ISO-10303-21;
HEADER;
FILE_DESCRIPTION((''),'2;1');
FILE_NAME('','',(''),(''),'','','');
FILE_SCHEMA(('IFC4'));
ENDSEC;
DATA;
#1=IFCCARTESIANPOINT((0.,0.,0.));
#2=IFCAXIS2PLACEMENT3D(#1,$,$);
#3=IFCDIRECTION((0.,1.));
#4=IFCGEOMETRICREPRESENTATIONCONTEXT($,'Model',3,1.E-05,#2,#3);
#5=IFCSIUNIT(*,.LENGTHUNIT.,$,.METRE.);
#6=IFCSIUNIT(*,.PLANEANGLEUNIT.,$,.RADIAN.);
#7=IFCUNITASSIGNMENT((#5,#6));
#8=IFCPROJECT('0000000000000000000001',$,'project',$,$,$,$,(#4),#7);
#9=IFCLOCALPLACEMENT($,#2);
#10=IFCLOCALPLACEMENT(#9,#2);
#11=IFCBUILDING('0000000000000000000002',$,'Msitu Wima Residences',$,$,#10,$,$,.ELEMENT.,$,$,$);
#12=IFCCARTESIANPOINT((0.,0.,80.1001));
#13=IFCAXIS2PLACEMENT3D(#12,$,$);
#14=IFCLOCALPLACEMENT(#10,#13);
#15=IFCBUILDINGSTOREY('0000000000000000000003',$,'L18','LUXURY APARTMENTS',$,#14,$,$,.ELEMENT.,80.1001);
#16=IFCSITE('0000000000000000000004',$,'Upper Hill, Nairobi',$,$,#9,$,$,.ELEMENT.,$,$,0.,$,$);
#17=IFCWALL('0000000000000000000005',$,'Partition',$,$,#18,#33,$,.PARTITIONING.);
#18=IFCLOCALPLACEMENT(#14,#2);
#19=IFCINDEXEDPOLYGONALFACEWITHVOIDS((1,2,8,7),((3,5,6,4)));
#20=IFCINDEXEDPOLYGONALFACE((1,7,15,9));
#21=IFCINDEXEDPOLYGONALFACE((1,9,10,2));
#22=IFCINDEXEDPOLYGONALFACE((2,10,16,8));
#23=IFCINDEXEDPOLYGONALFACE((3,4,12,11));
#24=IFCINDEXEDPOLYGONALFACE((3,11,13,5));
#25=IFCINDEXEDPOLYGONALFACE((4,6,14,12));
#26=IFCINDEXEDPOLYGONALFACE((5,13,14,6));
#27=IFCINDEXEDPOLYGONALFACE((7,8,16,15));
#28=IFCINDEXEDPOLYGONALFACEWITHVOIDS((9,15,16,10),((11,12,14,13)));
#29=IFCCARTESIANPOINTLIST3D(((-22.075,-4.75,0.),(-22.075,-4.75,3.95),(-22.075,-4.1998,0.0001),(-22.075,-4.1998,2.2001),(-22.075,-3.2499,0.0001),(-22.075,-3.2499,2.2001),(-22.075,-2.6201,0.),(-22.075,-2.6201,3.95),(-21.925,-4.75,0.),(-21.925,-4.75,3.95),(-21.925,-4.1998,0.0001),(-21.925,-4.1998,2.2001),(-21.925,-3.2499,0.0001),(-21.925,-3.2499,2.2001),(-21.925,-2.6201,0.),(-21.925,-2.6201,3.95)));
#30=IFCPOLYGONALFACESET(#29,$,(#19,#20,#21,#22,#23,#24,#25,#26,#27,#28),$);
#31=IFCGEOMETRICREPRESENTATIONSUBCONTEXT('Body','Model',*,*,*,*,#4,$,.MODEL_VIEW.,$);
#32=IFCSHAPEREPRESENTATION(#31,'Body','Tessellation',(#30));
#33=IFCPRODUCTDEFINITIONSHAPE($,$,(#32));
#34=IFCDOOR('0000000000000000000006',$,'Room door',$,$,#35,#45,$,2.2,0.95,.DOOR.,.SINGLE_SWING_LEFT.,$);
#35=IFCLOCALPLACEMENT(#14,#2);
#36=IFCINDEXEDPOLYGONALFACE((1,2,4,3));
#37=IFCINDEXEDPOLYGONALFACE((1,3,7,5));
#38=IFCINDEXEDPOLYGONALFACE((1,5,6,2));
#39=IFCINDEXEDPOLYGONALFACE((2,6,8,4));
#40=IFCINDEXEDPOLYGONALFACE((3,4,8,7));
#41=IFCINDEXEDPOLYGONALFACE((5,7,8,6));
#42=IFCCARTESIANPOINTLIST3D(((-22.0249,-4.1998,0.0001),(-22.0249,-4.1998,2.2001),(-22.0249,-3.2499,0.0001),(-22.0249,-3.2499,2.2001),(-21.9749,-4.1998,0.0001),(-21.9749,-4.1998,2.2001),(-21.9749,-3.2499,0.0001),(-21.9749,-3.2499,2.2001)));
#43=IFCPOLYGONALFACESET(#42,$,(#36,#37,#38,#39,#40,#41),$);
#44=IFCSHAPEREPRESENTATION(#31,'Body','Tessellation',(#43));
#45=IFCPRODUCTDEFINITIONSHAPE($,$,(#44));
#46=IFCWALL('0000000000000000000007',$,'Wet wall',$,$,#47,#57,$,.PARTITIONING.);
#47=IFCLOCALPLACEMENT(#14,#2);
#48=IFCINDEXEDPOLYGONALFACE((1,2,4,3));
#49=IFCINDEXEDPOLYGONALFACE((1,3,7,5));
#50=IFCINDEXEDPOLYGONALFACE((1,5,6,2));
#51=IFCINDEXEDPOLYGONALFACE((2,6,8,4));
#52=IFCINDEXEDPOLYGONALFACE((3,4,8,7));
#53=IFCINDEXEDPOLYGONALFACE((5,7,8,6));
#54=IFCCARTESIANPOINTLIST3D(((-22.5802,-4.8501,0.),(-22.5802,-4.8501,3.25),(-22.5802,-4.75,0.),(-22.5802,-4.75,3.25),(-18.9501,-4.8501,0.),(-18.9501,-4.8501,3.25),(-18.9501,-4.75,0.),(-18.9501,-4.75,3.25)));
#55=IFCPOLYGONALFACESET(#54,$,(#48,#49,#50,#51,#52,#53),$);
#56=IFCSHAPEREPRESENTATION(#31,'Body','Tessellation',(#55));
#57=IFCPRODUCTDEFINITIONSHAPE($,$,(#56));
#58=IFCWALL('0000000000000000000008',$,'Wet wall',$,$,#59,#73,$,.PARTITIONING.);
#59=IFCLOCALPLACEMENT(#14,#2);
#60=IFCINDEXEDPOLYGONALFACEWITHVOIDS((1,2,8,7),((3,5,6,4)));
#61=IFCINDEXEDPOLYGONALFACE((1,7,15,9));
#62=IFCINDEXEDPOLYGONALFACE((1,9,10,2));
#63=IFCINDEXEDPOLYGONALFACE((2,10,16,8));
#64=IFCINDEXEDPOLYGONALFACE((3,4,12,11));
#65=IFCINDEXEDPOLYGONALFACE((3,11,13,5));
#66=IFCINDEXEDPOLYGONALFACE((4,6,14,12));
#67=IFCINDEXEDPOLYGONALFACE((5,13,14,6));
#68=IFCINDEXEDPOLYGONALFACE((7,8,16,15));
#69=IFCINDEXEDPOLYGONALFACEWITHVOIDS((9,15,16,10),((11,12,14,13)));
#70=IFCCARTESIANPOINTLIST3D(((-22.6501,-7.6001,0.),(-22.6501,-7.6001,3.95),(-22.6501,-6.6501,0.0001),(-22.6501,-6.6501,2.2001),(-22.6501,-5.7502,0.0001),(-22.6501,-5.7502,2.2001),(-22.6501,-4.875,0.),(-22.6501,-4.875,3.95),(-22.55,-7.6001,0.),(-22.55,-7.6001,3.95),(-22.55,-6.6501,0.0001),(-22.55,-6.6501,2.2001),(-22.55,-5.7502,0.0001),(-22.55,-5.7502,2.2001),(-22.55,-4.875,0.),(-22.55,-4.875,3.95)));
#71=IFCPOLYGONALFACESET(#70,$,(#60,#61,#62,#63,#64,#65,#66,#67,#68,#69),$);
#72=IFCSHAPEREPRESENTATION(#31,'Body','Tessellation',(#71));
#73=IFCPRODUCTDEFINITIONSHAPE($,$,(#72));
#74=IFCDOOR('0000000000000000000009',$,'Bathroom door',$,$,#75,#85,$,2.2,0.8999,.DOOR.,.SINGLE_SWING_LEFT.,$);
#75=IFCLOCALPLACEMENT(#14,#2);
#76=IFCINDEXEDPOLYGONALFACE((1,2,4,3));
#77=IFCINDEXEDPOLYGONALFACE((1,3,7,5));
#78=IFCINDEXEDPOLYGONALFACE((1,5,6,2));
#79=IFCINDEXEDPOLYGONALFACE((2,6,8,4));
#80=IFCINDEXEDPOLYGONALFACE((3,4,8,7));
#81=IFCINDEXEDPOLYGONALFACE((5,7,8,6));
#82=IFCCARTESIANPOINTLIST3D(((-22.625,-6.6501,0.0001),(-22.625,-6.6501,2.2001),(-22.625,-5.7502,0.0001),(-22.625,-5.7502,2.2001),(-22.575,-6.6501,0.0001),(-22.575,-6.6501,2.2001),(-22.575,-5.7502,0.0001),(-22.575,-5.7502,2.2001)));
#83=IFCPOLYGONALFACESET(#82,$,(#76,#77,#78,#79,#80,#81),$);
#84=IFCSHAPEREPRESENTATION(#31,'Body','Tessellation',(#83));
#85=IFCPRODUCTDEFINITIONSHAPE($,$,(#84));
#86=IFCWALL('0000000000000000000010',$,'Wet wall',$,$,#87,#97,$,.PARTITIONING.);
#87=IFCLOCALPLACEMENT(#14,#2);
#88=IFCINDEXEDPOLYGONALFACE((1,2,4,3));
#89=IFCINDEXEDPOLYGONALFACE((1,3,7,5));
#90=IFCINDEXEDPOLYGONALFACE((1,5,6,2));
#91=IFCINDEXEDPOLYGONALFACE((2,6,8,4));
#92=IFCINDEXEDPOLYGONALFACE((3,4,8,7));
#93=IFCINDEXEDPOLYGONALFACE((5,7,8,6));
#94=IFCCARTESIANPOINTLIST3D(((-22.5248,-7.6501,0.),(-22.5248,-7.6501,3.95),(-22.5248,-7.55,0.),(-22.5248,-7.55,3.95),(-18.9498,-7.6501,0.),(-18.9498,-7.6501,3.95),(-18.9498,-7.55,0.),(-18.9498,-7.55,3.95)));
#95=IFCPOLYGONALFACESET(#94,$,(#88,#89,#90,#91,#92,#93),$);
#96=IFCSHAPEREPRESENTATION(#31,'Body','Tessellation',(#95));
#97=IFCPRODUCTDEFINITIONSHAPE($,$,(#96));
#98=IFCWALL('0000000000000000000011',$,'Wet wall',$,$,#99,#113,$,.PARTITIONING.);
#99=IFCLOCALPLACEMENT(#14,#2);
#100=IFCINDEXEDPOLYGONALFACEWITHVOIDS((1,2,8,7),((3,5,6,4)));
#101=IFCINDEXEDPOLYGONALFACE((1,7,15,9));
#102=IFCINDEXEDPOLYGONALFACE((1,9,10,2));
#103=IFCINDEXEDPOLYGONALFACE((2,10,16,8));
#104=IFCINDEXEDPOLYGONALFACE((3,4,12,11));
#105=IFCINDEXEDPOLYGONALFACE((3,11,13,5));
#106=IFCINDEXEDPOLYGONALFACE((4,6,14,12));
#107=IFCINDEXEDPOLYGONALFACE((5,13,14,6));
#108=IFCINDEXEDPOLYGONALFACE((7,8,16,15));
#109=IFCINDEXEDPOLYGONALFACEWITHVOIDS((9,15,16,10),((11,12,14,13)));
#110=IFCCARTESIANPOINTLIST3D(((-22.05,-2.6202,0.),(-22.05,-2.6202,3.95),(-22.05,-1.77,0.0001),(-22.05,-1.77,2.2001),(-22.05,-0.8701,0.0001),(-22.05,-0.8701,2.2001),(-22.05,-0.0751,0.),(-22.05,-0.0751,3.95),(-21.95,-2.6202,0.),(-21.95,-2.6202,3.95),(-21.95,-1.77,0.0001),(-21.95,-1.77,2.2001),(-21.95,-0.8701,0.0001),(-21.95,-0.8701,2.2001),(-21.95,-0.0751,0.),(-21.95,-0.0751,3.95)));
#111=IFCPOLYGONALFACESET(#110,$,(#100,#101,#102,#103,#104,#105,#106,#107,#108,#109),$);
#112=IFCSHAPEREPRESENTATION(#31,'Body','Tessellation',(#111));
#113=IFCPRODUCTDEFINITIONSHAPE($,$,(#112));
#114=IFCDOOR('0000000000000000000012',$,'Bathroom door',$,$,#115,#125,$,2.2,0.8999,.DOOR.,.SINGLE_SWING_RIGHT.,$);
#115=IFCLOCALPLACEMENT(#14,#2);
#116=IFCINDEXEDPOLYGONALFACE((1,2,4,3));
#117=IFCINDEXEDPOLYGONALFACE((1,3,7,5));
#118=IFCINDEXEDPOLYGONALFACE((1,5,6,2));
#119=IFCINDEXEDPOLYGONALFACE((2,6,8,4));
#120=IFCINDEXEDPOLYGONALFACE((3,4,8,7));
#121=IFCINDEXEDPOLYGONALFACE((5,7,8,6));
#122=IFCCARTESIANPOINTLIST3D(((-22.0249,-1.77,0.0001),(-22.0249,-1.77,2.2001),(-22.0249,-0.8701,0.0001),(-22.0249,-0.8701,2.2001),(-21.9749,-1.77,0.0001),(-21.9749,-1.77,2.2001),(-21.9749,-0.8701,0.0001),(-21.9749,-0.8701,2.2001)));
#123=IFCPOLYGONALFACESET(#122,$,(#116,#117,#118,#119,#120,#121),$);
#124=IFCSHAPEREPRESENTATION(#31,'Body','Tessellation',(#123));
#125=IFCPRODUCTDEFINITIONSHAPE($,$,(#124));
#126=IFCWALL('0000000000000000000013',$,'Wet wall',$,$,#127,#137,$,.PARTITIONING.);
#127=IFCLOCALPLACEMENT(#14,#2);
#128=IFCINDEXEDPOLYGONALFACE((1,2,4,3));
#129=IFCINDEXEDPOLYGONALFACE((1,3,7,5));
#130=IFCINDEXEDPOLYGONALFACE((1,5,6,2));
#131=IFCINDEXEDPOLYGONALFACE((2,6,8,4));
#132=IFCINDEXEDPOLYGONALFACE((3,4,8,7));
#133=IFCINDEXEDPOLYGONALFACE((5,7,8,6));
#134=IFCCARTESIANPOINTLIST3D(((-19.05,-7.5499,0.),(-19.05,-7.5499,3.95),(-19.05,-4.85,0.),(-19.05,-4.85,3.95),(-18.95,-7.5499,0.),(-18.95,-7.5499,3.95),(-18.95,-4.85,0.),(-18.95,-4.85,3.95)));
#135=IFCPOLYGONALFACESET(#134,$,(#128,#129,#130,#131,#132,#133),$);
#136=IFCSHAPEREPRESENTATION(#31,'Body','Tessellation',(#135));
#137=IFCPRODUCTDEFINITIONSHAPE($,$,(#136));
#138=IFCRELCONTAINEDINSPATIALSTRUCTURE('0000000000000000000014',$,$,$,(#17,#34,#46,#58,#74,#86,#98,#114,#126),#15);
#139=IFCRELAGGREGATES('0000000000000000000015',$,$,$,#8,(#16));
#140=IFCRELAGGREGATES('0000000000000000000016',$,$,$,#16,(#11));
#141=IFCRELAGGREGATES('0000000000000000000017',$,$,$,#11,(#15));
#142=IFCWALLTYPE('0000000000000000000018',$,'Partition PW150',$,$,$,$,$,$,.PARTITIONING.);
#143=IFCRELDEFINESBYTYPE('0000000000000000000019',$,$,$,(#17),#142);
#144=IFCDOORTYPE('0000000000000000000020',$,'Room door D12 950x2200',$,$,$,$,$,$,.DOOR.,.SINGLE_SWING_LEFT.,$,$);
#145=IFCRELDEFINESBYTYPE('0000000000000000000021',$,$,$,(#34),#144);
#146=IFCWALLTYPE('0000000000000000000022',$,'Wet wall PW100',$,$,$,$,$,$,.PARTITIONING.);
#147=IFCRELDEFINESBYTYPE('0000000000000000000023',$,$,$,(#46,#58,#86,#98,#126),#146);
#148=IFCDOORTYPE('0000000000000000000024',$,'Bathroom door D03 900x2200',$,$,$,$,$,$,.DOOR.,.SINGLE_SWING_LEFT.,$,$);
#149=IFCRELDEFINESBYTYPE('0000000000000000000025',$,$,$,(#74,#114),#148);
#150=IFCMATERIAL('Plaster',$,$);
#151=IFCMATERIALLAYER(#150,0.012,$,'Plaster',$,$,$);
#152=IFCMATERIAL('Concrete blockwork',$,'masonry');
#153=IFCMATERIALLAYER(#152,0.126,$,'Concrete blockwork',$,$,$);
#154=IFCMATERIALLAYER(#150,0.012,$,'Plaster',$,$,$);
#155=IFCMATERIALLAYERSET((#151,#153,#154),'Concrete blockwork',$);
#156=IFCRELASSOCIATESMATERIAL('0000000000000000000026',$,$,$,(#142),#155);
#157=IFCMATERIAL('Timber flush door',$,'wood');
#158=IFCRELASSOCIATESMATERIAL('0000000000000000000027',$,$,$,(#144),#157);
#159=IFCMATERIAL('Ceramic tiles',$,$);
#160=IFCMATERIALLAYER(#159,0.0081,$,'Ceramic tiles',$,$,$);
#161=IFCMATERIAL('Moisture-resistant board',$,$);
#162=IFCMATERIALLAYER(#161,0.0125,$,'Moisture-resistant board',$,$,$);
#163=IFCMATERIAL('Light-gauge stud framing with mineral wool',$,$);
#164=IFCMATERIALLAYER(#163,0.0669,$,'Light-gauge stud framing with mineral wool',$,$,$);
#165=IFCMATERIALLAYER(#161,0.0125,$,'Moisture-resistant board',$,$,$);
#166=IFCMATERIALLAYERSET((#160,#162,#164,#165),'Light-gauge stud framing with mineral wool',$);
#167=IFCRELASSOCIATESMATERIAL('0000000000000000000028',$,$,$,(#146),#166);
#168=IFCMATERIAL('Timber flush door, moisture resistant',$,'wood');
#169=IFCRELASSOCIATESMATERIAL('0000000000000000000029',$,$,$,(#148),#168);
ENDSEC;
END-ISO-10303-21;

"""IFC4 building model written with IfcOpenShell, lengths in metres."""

from ifc_helpers import new_model, si_unit, direction, frame, frame_2d, origin, place, context, subcontext, project, spatial, rectangle, extrude, material, layer, layer_set, type_object, element, fill, save


model = new_model("IFC4")

# Units and contexts
model_context = context("Model", 3, precision=1e-05, world=origin(), true_north=direction((0.0, 1.0)))
body_context = subcontext(model_context, "Body", "Model", "MODEL_VIEW")
ifc_project = project(units=[si_unit("LENGTHUNIT", "METRE"), si_unit("PLANEANGLEUNIT", "RADIAN")], contexts=[model_context])

# Site, building, storey
site_placement = place(None, origin())
site = spatial("IfcSite", under=ifc_project, at=site_placement, Name="Upper Hill, Nairobi", CompositionType="ELEMENT", RefElevation=0.0)
building_placement = place(site_placement, origin())
building = spatial("IfcBuilding", under=site, at=building_placement, Name="Msitu Wima Residences", CompositionType="ELEMENT")
storey_placement = place(building_placement, frame((0.0, 0.0, 80.1001)))
storey = spatial("IfcBuildingStorey", under=building, at=storey_placement, Name="L18", Description="LUXURY APARTMENTS", CompositionType="ELEMENT", Elevation=80.1001)

# Shared definitions
ifc_material_1 = material(Name="Plaster")
ifc_layer_1 = layer(ifc_material_1, 0.012, Name="Plaster")
ifc_material_2 = material(Name="Concrete blockwork", Category="masonry")
ifc_layer_2 = layer(ifc_material_2, 0.126, Name="Concrete blockwork")
ifc_layer_3 = layer(ifc_material_1, 0.012, Name="Plaster")
ifc_layer_set_1 = layer_set([ifc_layer_1, ifc_layer_2, ifc_layer_3], Name="Concrete blockwork")
wall_type_1 = type_object("IfcWallType", Name="Partition PW150", PredefinedType="PARTITIONING", material=ifc_layer_set_1)

# Shared definitions
ifc_material_3 = material(Name="Timber flush door", Category="wood")
door_type_1 = type_object("IfcDoorType", Name="Room door D12 950x2200", OperationType="SINGLE_SWING_LEFT", PredefinedType="DOOR", material=ifc_material_3)

# Wall, opening, door
wall_1_placement = place(storey_placement, frame((-22.0, -4.75, 0.0), z_axis=(0.0, 0.0, 1.0), x_axis=(0.0, 1.0, 0.0)))
wall_1 = element("IfcWall", 1, at=wall_1_placement, inside=storey, type_object=wall_type_1, Name="Partition", PredefinedType="PARTITIONING", context=body_context, shape_type="SweptSolid", body=[
    extrude(rectangle(XDim=2.1299, YDim=0.1499, at=frame_2d((1.0649, 0.0))), origin(), (0.0, 0.0, 1.0), 3.95),
])
opening_1_placement = place(wall_1_placement, frame((0.55, 0.0, 0.0)))
opening_1 = element("IfcOpeningElement", 2, at=opening_1_placement, cuts=wall_1, PredefinedType="OPENING", context=body_context, shape_type="SweptSolid", body=[
    extrude(rectangle(XDim=0.95, YDim=2.2, at=frame_2d((0.4751, 1.1001))), frame((0.0, 0.085, 0.0), z_axis=(0.0, -1.0, 0.0), x_axis=(1.0, 0.0, 0.0)), (0.0, 0.0, 1.0), 0.1699),
])
door_1_placement = place(opening_1_placement, origin())
door_1 = element("IfcDoor", 3, at=door_1_placement, inside=storey, type_object=door_type_1, Name="Room door", OperationType="SINGLE_SWING_LEFT", OverallHeight=2.2, OverallWidth=0.95, PredefinedType="DOOR", context=body_context, shape_type="SweptSolid", body=[
    extrude(rectangle(XDim=0.95, YDim=2.2, at=frame_2d((0.4751, 1.1001))), frame((0.0, 0.0249, 0.0), z_axis=(0.0, -1.0, 0.0), x_axis=(1.0, 0.0, 0.0)), (0.0, 0.0, 1.0), 0.05),
])
fill(opening_1, door_1)

# Wall
ifc_material_4 = material(Name="Ceramic tiles")
ifc_layer_4 = layer(ifc_material_4, 0.0081, Name="Ceramic tiles")
ifc_material_5 = material(Name="Moisture-resistant board")
ifc_layer_5 = layer(ifc_material_5, 0.0125, Name="Moisture-resistant board")
ifc_material_6 = material(Name="Light-gauge stud framing with mineral wool")
ifc_layer_6 = layer(ifc_material_6, 0.0669, Name="Light-gauge stud framing with mineral wool")
ifc_layer_7 = layer(ifc_material_5, 0.0125, Name="Moisture-resistant board")
ifc_layer_set_2 = layer_set([ifc_layer_4, ifc_layer_5, ifc_layer_6, ifc_layer_7], Name="Light-gauge stud framing with mineral wool")
wall_type_2 = type_object("IfcWallType", Name="Wet wall PW100", PredefinedType="PARTITIONING", material=ifc_layer_set_2)
wall_2_placement = place(storey_placement, frame((-22.5801, -4.8, 0.0), z_axis=(0.0, 0.0, 1.0), x_axis=(1.0, 0.0, 0.0)))
element("IfcWall", 4, at=wall_2_placement, inside=storey, type_object=wall_type_2, Name="Wet wall", PredefinedType="PARTITIONING", context=body_context, shape_type="SweptSolid", body=[
    extrude(rectangle(XDim=3.6301, YDim=0.1001, at=frame_2d((1.8149, 0.0))), origin(), (0.0, 0.0, 1.0), 3.25),
])

# Wall, opening, door
wall_3_placement = place(storey_placement, frame((-22.6001, -7.6001, 0.0), z_axis=(0.0, 0.0, 1.0), x_axis=(0.0, 1.0, 0.0)))
wall_3 = element("IfcWall", 5, at=wall_3_placement, inside=storey, type_object=wall_type_2, Name="Wet wall", PredefinedType="PARTITIONING", context=body_context, shape_type="SweptSolid", body=[
    extrude(rectangle(XDim=2.7251, YDim=0.1001, at=frame_2d((1.3625, 0.0))), origin(), (0.0, 0.0, 1.0), 3.95),
])
opening_2_placement = place(wall_3_placement, frame((0.95, 0.0, 0.0)))
opening_2 = element("IfcOpeningElement", 6, at=opening_2_placement, cuts=wall_3, PredefinedType="OPENING", context=body_context, shape_type="SweptSolid", body=[
    extrude(rectangle(XDim=0.8999, YDim=2.2, at=frame_2d((0.45, 1.1001))), frame((0.0, 0.0601, 0.0), z_axis=(0.0, -1.0, 0.0), x_axis=(1.0, 0.0, 0.0)), (0.0, 0.0, 1.0), 0.1201),
])
ifc_material_7 = material(Name="Timber flush door, moisture resistant", Category="wood")
door_type_2 = type_object("IfcDoorType", Name="Bathroom door D03 900x2200", OperationType="SINGLE_SWING_LEFT", PredefinedType="DOOR", material=ifc_material_7)
door_2_placement = place(opening_2_placement, origin())
door_2 = element("IfcDoor", 7, at=door_2_placement, inside=storey, type_object=door_type_2, Name="Bathroom door", OperationType="SINGLE_SWING_LEFT", OverallHeight=2.2, OverallWidth=0.8999, PredefinedType="DOOR", context=body_context, shape_type="SweptSolid", body=[
    extrude(rectangle(XDim=0.8999, YDim=2.2, at=frame_2d((0.45, 1.1001))), frame((0.0, 0.0249, 0.0), z_axis=(0.0, -1.0, 0.0), x_axis=(1.0, 0.0, 0.0)), (0.0, 0.0, 1.0), 0.05),
])
fill(opening_2, door_2)

# Wall
wall_4_placement = place(storey_placement, frame((-22.5249, -7.6001, 0.0), z_axis=(0.0, 0.0, 1.0), x_axis=(1.0, 0.0, 0.0)))
element("IfcWall", 8, at=wall_4_placement, inside=storey, type_object=wall_type_2, Name="Wet wall", PredefinedType="PARTITIONING", context=body_context, shape_type="SweptSolid", body=[
    extrude(rectangle(XDim=3.575, YDim=0.1001, at=frame_2d((1.7876, 0.0))), origin(), (0.0, 0.0, 1.0), 3.95),
])

# Wall, opening, door
wall_5_placement = place(storey_placement, frame((-22.0, -2.6201, 0.0), z_axis=(0.0, 0.0, 1.0), x_axis=(0.0, 1.0, 0.0)))
wall_5 = element("IfcWall", 9, at=wall_5_placement, inside=storey, type_object=wall_type_2, Name="Wet wall", PredefinedType="PARTITIONING", context=body_context, shape_type="SweptSolid", body=[
    extrude(rectangle(XDim=2.5452, YDim=0.1001, at=frame_2d((1.2725, 0.0))), origin(), (0.0, 0.0, 1.0), 3.95),
])
opening_3_placement = place(wall_5_placement, frame((0.8501, 0.0, 0.0)))
opening_3 = element("IfcOpeningElement", 10, at=opening_3_placement, cuts=wall_5, PredefinedType="OPENING", context=body_context, shape_type="SweptSolid", body=[
    extrude(rectangle(XDim=0.8999, YDim=2.2, at=frame_2d((0.45, 1.1001))), frame((0.0, 0.0601, 0.0), z_axis=(0.0, -1.0, 0.0), x_axis=(1.0, 0.0, 0.0)), (0.0, 0.0, 1.0), 0.1201),
])
door_3_placement = place(opening_3_placement, origin())
door_3 = element("IfcDoor", 11, at=door_3_placement, inside=storey, type_object=door_type_2, Name="Bathroom door", OperationType="SINGLE_SWING_RIGHT", OverallHeight=2.2, OverallWidth=0.8999, PredefinedType="DOOR", context=body_context, shape_type="SweptSolid", body=[
    extrude(rectangle(XDim=0.8999, YDim=2.2, at=frame_2d((0.45, 1.1001))), frame((0.0, 0.0249, 0.0), z_axis=(0.0, -1.0, 0.0), x_axis=(1.0, 0.0, 0.0)), (0.0, 0.0, 1.0), 0.05),
])
fill(opening_3, door_3)

# Wall
wall_6_placement = place(storey_placement, frame((-19.0, -7.55, 0.0), z_axis=(0.0, 0.0, 1.0), x_axis=(0.0, 1.0, 0.0)))
element("IfcWall", 12, at=wall_6_placement, inside=storey, type_object=wall_type_2, Name="Wet wall", PredefinedType="PARTITIONING", context=body_context, shape_type="SweptSolid", body=[
    extrude(rectangle(XDim=2.7, YDim=0.1001, at=frame_2d((1.3501, 0.0))), origin(), (0.0, 0.0, 1.0), 3.95),
])

save(model, "model.ifc")
